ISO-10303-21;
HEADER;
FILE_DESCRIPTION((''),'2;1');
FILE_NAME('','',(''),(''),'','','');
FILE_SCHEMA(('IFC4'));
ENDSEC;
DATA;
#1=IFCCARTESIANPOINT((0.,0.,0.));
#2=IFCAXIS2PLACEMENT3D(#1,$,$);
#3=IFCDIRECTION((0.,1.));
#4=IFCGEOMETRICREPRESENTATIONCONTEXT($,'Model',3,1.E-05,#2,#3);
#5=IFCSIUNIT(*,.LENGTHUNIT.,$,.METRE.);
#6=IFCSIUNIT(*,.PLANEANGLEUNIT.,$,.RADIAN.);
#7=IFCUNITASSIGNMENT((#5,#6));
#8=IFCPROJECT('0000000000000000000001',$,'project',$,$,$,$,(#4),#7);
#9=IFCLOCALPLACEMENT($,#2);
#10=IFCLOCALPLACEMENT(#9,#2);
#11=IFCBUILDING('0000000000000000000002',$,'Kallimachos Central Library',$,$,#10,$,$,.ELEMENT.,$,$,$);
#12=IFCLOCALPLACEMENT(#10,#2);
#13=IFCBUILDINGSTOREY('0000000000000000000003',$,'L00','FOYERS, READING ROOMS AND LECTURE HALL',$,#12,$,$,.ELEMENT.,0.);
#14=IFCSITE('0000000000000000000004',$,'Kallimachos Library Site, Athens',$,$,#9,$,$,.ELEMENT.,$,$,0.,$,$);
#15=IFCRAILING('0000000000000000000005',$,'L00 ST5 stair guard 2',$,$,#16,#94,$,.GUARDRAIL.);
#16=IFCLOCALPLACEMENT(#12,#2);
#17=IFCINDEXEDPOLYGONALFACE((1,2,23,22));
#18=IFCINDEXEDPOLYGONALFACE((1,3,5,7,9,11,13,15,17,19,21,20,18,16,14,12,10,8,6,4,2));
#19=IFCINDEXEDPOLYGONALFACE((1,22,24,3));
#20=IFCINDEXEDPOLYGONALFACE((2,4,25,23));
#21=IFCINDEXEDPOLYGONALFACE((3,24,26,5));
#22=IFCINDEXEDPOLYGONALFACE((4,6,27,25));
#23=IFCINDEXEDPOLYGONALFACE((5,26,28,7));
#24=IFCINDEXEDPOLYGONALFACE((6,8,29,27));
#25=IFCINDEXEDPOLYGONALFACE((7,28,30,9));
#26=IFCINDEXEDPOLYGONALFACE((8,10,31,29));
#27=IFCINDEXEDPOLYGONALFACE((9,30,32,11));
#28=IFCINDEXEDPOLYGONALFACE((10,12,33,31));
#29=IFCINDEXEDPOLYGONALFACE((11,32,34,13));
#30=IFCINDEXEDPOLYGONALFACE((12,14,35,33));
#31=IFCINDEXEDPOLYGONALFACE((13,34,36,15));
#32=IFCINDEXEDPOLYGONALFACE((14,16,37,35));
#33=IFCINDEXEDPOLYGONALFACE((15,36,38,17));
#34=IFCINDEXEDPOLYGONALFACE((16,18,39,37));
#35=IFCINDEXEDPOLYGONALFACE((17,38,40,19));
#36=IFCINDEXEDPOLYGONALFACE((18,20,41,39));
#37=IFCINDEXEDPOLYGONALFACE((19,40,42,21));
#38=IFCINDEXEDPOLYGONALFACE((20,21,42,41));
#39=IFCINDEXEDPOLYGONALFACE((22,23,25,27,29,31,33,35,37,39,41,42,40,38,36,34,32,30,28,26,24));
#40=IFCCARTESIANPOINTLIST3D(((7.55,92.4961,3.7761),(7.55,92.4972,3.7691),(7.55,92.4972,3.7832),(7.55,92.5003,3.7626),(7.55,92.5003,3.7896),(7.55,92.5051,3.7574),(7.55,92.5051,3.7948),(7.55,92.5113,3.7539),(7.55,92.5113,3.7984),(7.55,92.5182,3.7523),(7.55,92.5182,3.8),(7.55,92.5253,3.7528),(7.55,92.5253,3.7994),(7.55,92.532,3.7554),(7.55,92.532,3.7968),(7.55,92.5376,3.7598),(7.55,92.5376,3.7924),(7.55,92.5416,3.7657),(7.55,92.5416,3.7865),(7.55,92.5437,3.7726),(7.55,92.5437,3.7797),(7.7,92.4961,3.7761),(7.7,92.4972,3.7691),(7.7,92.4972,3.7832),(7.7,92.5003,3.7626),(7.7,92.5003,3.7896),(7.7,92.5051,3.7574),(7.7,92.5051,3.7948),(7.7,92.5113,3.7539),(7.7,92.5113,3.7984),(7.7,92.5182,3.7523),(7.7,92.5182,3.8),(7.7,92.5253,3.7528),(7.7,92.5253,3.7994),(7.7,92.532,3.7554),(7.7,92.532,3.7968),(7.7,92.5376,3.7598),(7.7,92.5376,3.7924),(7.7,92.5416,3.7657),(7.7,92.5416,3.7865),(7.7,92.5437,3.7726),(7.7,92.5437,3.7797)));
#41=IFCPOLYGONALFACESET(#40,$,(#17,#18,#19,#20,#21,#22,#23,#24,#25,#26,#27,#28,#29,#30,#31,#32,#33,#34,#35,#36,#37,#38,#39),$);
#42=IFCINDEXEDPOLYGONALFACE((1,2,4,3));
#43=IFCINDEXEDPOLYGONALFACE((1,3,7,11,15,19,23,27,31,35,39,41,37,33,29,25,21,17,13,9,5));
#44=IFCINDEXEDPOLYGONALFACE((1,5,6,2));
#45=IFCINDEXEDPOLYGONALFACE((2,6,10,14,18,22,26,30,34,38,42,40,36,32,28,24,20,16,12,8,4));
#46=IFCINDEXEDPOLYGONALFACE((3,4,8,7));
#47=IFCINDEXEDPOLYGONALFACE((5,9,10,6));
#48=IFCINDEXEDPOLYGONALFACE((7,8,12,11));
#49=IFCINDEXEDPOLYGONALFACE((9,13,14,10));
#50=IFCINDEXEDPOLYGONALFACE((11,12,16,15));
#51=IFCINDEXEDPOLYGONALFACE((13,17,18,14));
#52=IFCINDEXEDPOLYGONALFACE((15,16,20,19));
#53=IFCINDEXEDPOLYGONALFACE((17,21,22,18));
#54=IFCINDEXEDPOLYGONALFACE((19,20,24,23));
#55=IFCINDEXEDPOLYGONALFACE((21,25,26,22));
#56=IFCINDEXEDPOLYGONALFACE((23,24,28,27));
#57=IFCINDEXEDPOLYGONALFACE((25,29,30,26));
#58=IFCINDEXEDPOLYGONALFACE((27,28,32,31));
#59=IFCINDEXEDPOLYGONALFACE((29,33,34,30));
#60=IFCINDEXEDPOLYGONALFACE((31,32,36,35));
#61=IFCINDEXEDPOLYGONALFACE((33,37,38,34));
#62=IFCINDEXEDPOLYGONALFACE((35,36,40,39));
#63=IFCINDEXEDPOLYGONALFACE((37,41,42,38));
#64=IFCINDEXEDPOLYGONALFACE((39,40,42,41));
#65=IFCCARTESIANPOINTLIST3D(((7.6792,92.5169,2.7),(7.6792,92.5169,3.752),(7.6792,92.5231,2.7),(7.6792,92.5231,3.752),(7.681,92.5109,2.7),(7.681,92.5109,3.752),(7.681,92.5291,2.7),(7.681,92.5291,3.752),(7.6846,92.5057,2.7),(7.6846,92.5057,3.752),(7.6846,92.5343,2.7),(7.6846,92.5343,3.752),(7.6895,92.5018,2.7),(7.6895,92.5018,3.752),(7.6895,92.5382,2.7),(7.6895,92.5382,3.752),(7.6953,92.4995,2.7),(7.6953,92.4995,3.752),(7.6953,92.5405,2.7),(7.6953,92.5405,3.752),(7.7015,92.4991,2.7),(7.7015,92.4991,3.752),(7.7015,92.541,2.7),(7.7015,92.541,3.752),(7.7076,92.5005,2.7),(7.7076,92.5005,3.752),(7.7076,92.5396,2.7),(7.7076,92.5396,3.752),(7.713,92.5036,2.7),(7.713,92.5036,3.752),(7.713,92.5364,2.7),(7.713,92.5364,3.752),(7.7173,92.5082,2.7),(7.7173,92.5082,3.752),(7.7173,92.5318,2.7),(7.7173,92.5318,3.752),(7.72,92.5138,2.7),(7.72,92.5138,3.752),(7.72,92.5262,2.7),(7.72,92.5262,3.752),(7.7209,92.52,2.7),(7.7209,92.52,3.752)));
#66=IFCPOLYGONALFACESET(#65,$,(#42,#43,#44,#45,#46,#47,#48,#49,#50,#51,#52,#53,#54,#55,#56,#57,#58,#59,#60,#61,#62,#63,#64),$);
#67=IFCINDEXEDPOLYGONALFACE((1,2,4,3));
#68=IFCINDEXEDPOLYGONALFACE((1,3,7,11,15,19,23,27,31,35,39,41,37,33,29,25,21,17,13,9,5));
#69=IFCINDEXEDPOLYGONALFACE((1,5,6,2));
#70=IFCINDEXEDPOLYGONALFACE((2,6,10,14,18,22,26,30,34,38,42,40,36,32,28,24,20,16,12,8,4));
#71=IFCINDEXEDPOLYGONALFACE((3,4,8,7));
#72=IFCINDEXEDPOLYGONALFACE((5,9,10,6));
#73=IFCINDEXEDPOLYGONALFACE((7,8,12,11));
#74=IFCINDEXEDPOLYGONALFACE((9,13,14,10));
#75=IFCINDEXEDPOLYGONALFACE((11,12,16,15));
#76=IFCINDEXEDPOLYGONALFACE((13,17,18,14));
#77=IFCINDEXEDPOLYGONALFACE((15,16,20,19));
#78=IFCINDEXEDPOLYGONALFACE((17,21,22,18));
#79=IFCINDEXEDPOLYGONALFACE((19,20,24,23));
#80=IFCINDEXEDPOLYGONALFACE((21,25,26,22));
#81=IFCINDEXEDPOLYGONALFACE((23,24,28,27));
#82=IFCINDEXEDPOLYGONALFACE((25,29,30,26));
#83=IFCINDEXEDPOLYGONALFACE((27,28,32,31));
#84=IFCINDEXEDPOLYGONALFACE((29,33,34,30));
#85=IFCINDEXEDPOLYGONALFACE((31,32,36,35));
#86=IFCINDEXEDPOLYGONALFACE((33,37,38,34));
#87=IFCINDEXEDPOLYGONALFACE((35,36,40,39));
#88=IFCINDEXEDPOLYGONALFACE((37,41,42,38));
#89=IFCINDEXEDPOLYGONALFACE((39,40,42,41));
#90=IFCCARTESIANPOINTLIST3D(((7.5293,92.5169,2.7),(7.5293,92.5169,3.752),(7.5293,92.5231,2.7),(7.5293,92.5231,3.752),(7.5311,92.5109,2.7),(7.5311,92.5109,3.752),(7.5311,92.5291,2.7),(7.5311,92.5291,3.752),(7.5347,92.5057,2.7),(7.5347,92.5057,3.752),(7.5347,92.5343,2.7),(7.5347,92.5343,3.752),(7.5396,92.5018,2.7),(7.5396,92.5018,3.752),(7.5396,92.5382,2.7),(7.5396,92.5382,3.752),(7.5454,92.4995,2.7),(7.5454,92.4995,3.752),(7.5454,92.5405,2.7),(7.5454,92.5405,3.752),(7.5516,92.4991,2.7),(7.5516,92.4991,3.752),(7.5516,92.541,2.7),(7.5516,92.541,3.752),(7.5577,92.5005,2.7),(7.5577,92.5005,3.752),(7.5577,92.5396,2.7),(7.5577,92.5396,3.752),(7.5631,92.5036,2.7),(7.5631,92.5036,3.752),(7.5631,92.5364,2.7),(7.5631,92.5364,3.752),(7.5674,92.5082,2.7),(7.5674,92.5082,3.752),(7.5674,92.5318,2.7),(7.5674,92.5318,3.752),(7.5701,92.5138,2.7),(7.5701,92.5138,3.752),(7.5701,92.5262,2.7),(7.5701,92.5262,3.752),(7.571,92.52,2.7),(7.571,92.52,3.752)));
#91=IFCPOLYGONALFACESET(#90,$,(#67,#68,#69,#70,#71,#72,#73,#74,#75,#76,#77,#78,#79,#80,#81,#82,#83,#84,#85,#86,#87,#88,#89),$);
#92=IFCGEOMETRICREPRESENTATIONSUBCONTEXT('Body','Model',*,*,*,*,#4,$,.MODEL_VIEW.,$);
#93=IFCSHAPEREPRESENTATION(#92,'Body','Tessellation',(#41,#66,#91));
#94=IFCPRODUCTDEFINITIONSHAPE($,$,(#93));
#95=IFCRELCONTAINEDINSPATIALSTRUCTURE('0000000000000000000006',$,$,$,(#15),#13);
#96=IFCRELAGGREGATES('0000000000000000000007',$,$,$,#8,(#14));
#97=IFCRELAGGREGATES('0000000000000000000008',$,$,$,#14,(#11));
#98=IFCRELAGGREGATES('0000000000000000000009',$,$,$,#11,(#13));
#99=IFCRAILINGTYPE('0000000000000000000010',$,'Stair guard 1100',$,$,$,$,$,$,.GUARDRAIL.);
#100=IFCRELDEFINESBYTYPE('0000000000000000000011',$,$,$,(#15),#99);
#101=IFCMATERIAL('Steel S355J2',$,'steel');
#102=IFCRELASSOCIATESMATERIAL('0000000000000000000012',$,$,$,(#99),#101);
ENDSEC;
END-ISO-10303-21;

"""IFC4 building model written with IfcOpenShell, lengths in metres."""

from ifc_helpers import new_model, si_unit, direction, frame, origin, origin_2d, place, context, subcontext, project, spatial, circle, extrude, material, type_object, element, save


model = new_model("IFC4")

# Units and contexts
model_context = context("Model", 3, precision=1e-05, world=origin(), true_north=direction((0.0, 1.0)))
body_context = subcontext(model_context, "Body", "Model", "MODEL_VIEW")
ifc_project = project(units=[si_unit("LENGTHUNIT", "METRE"), si_unit("PLANEANGLEUNIT", "RADIAN")], contexts=[model_context])

# Site, building, storey
site_placement = place(None, origin())
site = spatial("IfcSite", under=ifc_project, at=site_placement, Name="Kallimachos Library Site, Athens", CompositionType="ELEMENT", RefElevation=0.0)
building_placement = place(site_placement, origin())
building = spatial("IfcBuilding", under=site, at=building_placement, Name="Kallimachos Central Library", CompositionType="ELEMENT")
storey_placement = place(building_placement, origin())
storey = spatial("IfcBuildingStorey", under=building, at=storey_placement, Name="L00", Description="FOYERS, READING ROOMS AND LECTURE HALL", CompositionType="ELEMENT", Elevation=0.0)

# Railing
ifc_material_1 = material(Name="Steel S355J2", Category="steel")
railing_type_1 = type_object("IfcRailingType", Name="Stair guard 1100", PredefinedType="GUARDRAIL", material=ifc_material_1)
railing_1_placement = place(storey_placement, frame((7.7, 92.52, 2.7)))
element("IfcRailing", 1, at=railing_1_placement, inside=storey, type_object=railing_type_1, Name="L00 ST5 stair guard 2", PredefinedType="GUARDRAIL", context=body_context, shape_type="SweptSolid", body=[
    extrude(circle(Radius=0.0239, at=origin_2d()), frame((0.0, 0.0, 1.0762), z_axis=(-1.0, 0.0, 0.0), x_axis=(0.0, -1.0, 0.0)), (0.0, 0.0, 1.0), 0.1499),
    extrude(circle(Radius=0.021, at=origin_2d()), origin(), (0.0, 0.0, 1.0), 1.052),
    extrude(circle(Radius=0.021, at=origin_2d()), frame((-0.1499, 0.0, 0.0)), (0.0, 0.0, 1.0), 1.052),
])

save(model, "model.ifc")
